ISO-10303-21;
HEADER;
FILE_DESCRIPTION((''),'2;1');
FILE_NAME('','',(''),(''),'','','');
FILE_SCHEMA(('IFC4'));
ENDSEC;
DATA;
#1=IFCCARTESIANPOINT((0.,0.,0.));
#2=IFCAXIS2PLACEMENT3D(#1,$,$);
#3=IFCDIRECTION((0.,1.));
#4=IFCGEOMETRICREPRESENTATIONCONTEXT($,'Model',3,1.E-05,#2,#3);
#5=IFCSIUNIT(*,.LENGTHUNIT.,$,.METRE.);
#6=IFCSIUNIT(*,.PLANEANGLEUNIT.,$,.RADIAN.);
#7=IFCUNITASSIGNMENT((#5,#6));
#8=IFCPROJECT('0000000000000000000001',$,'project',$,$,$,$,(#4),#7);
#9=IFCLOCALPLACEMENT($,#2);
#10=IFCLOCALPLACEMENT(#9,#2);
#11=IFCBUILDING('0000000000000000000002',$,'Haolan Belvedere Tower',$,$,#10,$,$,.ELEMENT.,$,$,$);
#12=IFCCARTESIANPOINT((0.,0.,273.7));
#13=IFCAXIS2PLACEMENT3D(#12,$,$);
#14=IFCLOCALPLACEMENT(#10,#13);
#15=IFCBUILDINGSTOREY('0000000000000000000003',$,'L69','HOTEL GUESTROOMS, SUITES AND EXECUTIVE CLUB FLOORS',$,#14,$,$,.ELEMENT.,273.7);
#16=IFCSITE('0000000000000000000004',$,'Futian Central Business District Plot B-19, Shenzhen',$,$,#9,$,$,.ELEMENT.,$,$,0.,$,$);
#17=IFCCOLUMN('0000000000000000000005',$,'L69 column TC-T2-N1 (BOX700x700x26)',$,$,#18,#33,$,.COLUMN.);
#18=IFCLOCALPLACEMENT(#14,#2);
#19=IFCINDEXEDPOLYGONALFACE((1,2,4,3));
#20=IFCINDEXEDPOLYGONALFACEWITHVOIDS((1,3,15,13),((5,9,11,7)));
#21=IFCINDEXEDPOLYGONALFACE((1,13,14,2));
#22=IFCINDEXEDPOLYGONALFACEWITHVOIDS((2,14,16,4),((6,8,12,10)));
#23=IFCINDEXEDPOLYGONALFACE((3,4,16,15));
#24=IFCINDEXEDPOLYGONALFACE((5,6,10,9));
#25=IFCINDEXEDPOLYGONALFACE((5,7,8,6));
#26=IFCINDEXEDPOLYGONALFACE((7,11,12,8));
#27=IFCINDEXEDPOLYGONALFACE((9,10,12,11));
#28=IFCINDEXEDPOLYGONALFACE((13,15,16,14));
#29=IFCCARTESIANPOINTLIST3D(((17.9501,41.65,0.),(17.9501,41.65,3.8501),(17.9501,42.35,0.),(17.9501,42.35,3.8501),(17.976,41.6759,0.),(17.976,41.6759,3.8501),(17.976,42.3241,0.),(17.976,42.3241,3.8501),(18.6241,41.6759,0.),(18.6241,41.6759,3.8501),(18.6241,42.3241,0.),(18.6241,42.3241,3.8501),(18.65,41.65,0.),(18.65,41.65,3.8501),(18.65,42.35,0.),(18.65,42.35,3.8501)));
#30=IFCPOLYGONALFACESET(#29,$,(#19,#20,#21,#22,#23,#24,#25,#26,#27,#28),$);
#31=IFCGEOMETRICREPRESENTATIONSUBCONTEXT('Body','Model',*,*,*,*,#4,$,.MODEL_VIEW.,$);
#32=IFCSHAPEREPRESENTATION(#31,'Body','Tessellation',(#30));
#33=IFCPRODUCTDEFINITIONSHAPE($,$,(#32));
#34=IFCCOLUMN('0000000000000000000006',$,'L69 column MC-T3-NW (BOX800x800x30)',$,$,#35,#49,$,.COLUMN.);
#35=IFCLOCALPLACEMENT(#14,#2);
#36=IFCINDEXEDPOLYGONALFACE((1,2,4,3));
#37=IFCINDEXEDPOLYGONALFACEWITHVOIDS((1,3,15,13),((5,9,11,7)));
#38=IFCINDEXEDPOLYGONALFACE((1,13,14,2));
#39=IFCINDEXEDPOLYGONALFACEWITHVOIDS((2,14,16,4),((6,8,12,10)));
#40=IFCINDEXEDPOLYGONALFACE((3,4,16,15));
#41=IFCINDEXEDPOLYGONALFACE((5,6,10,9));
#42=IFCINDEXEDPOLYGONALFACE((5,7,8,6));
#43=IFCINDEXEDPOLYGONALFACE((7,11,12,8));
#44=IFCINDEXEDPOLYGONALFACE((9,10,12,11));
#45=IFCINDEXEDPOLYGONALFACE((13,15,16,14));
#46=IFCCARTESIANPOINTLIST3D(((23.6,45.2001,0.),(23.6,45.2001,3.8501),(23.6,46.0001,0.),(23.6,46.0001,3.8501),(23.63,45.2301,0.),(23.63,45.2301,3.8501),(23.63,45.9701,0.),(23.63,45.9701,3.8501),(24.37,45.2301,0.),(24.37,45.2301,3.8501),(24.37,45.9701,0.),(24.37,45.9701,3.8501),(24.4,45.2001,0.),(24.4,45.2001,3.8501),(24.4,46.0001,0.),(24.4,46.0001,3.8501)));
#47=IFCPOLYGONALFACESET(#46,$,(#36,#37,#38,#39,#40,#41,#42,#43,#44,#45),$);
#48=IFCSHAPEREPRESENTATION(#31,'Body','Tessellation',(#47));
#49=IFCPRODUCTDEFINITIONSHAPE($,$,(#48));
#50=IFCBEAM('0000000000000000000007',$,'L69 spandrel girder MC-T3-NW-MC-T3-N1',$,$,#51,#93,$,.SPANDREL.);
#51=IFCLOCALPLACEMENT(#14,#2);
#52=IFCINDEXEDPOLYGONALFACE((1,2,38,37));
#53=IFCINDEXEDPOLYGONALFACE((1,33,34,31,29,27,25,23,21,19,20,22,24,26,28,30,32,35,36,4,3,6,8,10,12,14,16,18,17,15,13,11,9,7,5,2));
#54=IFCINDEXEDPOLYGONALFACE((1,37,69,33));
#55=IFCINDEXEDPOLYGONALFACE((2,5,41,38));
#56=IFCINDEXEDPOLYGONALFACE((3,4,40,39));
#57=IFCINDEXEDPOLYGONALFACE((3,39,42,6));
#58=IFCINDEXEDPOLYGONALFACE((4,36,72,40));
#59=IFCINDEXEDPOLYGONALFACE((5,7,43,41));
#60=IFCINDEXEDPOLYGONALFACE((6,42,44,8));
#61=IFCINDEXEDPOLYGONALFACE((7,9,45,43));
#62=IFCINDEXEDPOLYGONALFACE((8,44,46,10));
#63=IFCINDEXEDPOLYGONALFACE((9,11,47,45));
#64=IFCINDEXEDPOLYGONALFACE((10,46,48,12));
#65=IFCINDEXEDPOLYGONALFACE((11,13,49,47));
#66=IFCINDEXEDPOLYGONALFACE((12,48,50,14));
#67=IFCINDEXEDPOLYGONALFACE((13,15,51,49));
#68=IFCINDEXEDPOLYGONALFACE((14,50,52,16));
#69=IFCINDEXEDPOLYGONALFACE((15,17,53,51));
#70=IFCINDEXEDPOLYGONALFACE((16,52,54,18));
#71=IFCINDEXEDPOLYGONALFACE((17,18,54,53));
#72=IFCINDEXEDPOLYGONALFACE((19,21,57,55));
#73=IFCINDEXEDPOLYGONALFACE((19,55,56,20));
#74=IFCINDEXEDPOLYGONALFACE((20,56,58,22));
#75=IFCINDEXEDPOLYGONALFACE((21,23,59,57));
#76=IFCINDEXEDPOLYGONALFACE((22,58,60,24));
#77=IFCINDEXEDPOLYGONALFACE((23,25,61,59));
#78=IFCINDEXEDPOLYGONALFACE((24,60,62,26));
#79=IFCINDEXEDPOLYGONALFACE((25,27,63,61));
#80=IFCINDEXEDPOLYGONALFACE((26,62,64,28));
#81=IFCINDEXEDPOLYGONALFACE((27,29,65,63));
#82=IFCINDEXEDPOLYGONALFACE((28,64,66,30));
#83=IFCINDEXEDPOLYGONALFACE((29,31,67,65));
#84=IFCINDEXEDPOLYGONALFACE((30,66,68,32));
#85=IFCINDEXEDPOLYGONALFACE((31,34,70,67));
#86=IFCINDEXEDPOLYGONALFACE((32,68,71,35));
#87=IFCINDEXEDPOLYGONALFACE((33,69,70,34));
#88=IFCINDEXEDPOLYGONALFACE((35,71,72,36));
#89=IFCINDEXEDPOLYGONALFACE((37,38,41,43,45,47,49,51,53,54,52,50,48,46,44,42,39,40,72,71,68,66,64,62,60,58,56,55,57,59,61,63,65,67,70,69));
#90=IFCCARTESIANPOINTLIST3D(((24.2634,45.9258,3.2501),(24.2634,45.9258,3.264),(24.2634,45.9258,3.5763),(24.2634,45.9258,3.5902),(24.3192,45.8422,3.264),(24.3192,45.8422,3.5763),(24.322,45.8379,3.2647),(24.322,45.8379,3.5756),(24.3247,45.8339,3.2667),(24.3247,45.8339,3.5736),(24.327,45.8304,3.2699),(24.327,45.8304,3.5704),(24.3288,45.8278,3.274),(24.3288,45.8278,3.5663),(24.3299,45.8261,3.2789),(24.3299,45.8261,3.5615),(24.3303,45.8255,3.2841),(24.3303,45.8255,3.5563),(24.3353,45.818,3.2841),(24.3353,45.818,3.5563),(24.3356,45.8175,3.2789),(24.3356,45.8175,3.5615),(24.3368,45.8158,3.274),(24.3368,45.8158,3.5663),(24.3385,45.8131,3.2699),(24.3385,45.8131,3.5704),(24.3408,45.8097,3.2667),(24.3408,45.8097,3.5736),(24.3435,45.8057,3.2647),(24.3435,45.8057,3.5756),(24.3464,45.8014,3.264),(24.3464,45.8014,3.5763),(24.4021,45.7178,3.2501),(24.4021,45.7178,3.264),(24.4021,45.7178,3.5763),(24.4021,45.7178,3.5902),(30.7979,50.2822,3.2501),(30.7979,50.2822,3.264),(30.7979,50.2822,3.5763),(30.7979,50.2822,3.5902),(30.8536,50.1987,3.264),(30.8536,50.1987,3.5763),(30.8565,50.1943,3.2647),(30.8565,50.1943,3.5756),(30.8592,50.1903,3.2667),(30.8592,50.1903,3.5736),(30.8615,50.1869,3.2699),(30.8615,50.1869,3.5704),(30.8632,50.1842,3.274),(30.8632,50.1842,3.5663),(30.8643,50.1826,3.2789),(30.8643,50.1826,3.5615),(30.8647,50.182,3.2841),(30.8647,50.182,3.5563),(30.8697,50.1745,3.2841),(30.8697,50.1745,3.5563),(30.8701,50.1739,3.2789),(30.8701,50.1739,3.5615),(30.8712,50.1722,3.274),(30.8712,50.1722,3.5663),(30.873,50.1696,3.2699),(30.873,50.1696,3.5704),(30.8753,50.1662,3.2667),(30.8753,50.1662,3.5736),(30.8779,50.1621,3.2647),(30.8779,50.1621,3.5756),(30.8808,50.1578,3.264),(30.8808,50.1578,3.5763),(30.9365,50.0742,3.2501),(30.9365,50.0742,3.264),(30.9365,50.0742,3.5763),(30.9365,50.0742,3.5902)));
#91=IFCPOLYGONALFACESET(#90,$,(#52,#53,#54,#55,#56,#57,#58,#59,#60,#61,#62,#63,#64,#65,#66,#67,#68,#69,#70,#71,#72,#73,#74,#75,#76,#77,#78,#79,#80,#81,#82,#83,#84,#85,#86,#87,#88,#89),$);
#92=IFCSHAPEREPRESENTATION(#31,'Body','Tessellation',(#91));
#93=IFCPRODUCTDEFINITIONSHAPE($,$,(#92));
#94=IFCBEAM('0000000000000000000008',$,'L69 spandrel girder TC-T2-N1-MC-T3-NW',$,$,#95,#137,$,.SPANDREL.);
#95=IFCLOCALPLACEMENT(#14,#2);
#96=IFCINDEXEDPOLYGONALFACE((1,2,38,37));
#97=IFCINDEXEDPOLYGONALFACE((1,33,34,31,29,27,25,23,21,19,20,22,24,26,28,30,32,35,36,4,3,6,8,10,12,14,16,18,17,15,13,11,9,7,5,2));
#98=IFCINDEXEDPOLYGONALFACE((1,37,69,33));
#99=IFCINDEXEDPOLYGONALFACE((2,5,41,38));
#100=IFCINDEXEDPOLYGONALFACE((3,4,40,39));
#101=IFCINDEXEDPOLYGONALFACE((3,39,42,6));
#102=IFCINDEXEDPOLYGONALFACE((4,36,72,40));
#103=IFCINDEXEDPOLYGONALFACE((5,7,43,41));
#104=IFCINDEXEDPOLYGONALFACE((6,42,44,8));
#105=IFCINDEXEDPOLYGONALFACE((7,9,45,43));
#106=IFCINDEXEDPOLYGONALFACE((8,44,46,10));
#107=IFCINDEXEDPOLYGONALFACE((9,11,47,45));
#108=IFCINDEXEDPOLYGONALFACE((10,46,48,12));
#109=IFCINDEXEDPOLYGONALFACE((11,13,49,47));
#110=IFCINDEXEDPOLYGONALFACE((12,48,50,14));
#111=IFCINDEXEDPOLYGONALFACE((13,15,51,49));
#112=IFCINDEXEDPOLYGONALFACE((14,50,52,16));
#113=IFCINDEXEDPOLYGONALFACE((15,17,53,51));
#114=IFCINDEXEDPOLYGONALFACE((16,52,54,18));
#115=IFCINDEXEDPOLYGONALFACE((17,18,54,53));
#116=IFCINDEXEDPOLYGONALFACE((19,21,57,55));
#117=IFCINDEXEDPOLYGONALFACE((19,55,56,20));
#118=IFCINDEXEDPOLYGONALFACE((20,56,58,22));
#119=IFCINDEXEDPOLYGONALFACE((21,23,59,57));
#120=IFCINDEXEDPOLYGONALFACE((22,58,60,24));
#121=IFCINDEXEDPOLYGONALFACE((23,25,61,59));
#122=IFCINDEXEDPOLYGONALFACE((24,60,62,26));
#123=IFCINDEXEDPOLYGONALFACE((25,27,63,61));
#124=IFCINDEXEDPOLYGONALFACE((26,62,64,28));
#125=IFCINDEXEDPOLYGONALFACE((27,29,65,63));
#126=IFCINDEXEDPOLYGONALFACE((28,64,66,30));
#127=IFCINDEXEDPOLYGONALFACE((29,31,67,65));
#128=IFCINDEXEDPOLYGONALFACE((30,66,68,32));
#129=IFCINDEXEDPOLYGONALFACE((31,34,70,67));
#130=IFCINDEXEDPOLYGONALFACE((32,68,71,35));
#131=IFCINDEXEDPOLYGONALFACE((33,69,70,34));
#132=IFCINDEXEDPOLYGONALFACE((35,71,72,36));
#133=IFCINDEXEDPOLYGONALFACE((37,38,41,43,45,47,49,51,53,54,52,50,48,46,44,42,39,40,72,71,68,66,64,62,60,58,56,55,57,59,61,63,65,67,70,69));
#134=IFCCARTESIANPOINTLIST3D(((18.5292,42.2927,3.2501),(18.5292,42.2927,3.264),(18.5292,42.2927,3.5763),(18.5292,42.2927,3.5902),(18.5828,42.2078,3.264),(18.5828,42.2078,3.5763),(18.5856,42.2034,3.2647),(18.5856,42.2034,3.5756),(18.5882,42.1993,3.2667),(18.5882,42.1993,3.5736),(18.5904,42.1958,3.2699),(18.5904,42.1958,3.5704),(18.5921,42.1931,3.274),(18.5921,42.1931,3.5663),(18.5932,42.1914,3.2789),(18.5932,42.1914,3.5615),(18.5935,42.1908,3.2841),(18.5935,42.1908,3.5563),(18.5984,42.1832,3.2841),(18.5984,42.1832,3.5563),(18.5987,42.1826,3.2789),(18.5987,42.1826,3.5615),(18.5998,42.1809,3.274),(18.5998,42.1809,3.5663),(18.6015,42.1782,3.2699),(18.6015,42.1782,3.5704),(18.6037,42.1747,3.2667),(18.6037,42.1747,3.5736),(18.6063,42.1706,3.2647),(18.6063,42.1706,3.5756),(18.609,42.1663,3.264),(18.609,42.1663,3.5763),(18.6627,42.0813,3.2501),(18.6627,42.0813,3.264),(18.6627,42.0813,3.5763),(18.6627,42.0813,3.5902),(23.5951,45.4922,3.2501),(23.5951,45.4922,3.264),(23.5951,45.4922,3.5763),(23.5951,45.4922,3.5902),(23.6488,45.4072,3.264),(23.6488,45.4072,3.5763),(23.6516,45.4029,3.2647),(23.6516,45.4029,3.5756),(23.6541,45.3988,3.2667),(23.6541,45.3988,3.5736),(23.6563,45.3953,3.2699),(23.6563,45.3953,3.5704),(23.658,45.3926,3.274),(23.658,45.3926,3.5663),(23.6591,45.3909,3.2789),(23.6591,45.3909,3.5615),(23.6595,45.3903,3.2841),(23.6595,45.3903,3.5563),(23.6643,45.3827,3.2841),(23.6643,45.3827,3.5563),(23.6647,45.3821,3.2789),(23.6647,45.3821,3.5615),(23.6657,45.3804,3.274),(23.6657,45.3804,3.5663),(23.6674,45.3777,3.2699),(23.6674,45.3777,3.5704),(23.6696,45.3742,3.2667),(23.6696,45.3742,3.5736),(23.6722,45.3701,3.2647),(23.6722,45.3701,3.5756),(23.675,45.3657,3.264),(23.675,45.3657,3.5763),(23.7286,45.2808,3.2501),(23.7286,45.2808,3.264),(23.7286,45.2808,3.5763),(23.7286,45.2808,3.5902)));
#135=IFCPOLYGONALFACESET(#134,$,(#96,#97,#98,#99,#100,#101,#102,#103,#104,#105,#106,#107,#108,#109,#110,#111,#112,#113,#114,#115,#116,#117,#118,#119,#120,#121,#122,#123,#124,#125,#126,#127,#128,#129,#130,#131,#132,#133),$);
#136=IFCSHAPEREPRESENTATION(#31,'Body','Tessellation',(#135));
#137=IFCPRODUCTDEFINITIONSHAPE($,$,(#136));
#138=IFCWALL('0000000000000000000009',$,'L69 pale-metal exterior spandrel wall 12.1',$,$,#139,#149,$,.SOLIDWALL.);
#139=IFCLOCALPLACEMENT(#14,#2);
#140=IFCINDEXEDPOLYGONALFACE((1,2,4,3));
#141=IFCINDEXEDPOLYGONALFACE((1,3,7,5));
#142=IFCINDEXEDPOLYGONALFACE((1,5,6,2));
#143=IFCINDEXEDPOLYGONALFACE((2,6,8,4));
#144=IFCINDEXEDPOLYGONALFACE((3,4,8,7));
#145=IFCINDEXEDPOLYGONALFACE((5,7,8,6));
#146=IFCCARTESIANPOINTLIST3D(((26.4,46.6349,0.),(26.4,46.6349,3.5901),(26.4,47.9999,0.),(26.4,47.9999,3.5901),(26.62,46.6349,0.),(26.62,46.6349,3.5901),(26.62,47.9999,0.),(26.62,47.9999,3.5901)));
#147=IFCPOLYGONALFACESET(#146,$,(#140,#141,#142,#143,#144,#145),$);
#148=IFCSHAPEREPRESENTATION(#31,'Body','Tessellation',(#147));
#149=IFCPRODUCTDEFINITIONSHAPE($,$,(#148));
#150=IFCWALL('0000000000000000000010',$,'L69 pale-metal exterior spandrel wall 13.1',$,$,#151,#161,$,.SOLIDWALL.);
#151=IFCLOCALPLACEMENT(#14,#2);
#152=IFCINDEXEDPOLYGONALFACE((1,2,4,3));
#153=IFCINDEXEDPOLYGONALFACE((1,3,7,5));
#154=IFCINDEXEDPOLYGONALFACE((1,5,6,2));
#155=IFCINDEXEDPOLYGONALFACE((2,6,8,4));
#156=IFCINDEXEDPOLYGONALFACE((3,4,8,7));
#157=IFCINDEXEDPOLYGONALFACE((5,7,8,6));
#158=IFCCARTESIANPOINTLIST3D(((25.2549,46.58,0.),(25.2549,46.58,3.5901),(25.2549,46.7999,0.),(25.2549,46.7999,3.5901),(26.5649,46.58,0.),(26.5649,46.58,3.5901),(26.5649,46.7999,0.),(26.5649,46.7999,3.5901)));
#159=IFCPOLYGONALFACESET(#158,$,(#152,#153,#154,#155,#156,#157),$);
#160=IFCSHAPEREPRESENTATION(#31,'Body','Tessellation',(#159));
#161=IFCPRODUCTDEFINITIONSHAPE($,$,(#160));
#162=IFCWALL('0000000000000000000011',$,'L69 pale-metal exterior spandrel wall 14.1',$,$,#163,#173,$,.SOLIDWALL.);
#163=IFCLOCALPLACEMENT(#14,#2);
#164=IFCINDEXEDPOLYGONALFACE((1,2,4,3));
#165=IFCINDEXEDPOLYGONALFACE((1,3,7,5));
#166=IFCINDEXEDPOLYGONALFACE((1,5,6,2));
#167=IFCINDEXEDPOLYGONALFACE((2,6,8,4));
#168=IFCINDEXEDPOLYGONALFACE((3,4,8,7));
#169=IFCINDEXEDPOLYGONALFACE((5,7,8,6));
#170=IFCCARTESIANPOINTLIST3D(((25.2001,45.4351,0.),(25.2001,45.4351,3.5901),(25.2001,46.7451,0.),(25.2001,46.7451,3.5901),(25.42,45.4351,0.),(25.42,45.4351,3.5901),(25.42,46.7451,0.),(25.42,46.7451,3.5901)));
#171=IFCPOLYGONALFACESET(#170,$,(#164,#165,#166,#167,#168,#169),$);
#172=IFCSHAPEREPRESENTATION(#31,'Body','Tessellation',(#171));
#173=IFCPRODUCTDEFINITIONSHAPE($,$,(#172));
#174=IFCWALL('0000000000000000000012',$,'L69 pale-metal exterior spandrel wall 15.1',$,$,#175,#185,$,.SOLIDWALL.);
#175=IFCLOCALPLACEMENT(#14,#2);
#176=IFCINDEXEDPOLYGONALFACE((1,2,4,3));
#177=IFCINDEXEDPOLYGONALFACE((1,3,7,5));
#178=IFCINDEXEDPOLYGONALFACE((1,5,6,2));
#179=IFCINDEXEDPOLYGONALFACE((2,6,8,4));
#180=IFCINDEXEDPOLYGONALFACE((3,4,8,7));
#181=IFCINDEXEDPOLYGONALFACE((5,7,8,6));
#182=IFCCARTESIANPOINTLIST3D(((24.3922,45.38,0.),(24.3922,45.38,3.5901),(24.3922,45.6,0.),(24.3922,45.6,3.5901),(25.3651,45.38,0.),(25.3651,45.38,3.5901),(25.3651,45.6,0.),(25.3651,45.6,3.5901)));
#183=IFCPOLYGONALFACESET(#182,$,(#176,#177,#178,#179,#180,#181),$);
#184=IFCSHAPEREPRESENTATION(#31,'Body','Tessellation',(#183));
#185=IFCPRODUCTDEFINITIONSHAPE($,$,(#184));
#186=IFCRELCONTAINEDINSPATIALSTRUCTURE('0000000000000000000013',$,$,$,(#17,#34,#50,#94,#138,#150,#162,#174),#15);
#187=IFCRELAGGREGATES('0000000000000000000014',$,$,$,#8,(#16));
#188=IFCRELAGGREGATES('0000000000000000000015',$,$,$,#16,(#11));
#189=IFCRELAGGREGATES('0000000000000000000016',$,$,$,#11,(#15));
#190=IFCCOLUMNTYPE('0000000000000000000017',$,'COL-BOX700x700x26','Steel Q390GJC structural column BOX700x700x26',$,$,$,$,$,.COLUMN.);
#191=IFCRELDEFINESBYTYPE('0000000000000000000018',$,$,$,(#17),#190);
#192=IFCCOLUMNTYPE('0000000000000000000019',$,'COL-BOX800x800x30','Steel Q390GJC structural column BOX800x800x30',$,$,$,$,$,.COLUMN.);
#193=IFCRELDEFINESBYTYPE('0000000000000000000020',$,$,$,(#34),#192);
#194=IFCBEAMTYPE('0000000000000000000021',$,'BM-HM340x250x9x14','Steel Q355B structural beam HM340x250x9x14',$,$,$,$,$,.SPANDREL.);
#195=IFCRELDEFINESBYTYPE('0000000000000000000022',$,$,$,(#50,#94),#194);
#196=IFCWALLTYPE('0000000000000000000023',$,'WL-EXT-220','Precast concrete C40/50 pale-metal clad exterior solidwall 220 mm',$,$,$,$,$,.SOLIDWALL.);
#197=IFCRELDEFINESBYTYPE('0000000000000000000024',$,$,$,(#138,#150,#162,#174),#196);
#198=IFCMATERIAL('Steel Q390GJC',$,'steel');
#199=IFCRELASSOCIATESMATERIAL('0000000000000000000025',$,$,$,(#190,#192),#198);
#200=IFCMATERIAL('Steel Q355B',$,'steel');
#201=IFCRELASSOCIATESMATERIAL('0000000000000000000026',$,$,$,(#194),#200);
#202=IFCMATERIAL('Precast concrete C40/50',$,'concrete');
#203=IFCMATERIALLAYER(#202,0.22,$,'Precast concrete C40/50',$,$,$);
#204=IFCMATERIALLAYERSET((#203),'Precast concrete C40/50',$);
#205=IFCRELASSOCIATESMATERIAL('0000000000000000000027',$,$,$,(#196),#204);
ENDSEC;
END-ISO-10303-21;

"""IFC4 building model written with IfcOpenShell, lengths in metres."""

from ifc_helpers import new_model, si_unit, direction, frame, frame_2d, origin, origin_2d, place, context, subcontext, project, spatial, rectangle, hollow_rectangle, i_section, extrude, material, layer, layer_set, material_profile, profile_set, type_object, element, save


model = new_model("IFC4")

# Units and contexts
model_context = context("Model", 3, precision=1e-05, world=origin(), true_north=direction((0.0, 1.0)))
body_context = subcontext(model_context, "Body", "Model", "MODEL_VIEW")
ifc_project = project(units=[si_unit("LENGTHUNIT", "METRE"), si_unit("PLANEANGLEUNIT", "RADIAN")], contexts=[model_context])

# Site, building, storey
site_placement = place(None, origin())
site = spatial("IfcSite", under=ifc_project, at=site_placement, Name="Futian Central Business District Plot B-19, Shenzhen", CompositionType="ELEMENT", RefElevation=0.0)
building_placement = place(site_placement, origin())
building = spatial("IfcBuilding", under=site, at=building_placement, Name="Haolan Belvedere Tower", CompositionType="ELEMENT")
storey_placement = place(building_placement, frame((0.0, 0.0, 273.7)))
storey = spatial("IfcBuildingStorey", under=building, at=storey_placement, Name="L69", Description="HOTEL GUESTROOMS, SUITES AND EXECUTIVE CLUB FLOORS", CompositionType="ELEMENT", Elevation=273.7)

# Columns
ifc_material_1 = material(Name="Steel Q390GJC", Category="steel")
ifc_material_profile_1 = material_profile(ifc_material_1, hollow_rectangle(XDim=0.7, YDim=0.7, WallThickness=0.0259, at=origin_2d()), Name="Steel Q390GJC")
ifc_profile_set_1 = profile_set([ifc_material_profile_1], Name="Steel Q390GJC")
column_type_1 = type_object("IfcColumnType", Name="COL-BOX700x700x26", Description="Steel Q390GJC structural column BOX700x700x26", PredefinedType="COLUMN", material=ifc_profile_set_1)
column_1_placement = place(storey_placement, frame((18.3, 42.0, 0.0), z_axis=(0.0, 0.0, 1.0), x_axis=(1.0, 0.0, 0.0)))
element("IfcColumn", 1, at=column_1_placement, inside=storey, type_object=column_type_1, Name="L69 column TC-T2-N1 (BOX700x700x26)", PredefinedType="COLUMN", context=body_context, shape_type="SweptSolid", body=[
    extrude(hollow_rectangle(XDim=0.7, YDim=0.7, WallThickness=0.0259, at=origin_2d()), origin(), (0.0, 0.0, 1.0), 3.8501),
])
ifc_material_profile_2 = material_profile(ifc_material_1, hollow_rectangle(XDim=0.8, YDim=0.8, WallThickness=0.03, at=origin_2d()), Name="Steel Q390GJC")
ifc_profile_set_2 = profile_set([ifc_material_profile_2], Name="Steel Q390GJC")
column_type_2 = type_object("IfcColumnType", Name="COL-BOX800x800x30", Description="Steel Q390GJC structural column BOX800x800x30", PredefinedType="COLUMN", material=ifc_profile_set_2)
column_2_placement = place(storey_placement, frame((24.0, 45.6001, 0.0), z_axis=(0.0, 0.0, 1.0), x_axis=(1.0, 0.0, 0.0)))
element("IfcColumn", 2, at=column_2_placement, inside=storey, type_object=column_type_2, Name="L69 column MC-T3-NW (BOX800x800x30)", PredefinedType="COLUMN", context=body_context, shape_type="SweptSolid", body=[
    extrude(hollow_rectangle(XDim=0.8, YDim=0.8, WallThickness=0.03, at=origin_2d()), origin(), (0.0, 0.0, 1.0), 3.8501),
])

# Beams
ifc_material_2 = material(Name="Steel Q355B", Category="steel")
ifc_material_profile_3 = material_profile(ifc_material_2, i_section(OverallWidth=0.25, OverallDepth=0.3401, WebThickness=0.009, FlangeThickness=0.0139, FilletRadius=0.02, at=origin_2d()), Name="Steel Q355B")
ifc_profile_set_3 = profile_set([ifc_material_profile_3], Name="Steel Q355B")
beam_type = type_object("IfcBeamType", Name="BM-HM340x250x9x14", Description="Steel Q355B structural beam HM340x250x9x14", PredefinedType="SPANDREL", material=ifc_profile_set_3)
beam_1_placement = place(storey_placement, frame((24.3328, 45.8218, 3.4202), z_axis=(0.832041, 0.554715, 0.0), x_axis=(-0.554715, 0.832041, 0.0)))
element("IfcBeam", 3, at=beam_1_placement, inside=storey, type_object=beam_type, Name="L69 spandrel girder MC-T3-NW-MC-T3-N1", PredefinedType="SPANDREL", context=body_context, shape_type="SweptSolid", body=[
    extrude(i_section(OverallWidth=0.25, OverallDepth=0.3401, WebThickness=0.009, FlangeThickness=0.0139, FilletRadius=0.02, at=origin_2d()), origin(), (0.0, 0.0, 1.0), 7.8535),
])
beam_2_placement = place(storey_placement, frame((18.5959, 42.187, 3.4202), z_axis=(0.845494, 0.533985, 0.0), x_axis=(-0.533985, 0.845494, 0.0)))
element("IfcBeam", 4, at=beam_2_placement, inside=storey, type_object=beam_type, Name="L69 spandrel girder TC-T2-N1-MC-T3-NW", PredefinedType="SPANDREL", context=body_context, shape_type="SweptSolid", body=[
    extrude(i_section(OverallWidth=0.25, OverallDepth=0.3401, WebThickness=0.009, FlangeThickness=0.0139, FilletRadius=0.02, at=origin_2d()), origin(), (0.0, 0.0, 1.0), 5.9917),
])

# Walls
ifc_material_3 = material(Name="Precast concrete C40/50", Category="concrete")
ifc_layer_1 = layer(ifc_material_3, 0.22, Name="Precast concrete C40/50")
ifc_layer_set_1 = layer_set([ifc_layer_1], Name="Precast concrete C40/50")
wall_type_1 = type_object("IfcWallType", Name="WL-EXT-220", Description="Precast concrete C40/50 pale-metal clad exterior solidwall 220 mm", PredefinedType="SOLIDWALL", material=ifc_layer_set_1)
wall_1_placement = place(storey_placement, frame((26.51, 48.0, 0.0), z_axis=(0.0, 0.0, 1.0), x_axis=(0.0, -1.0, 0.0)))
element("IfcWall", 5, at=wall_1_placement, inside=storey, type_object=wall_type_1, Name="L69 pale-metal exterior spandrel wall 12.1", PredefinedType="SOLIDWALL", context=body_context, shape_type="SweptSolid", body=[
    extrude(rectangle(XDim=1.365, YDim=0.22, at=frame_2d((0.6826, 0.0))), origin(), (0.0, 0.0, 1.0), 3.5901),
])
for number, where, z_axis, x_axis, name in (
    (6, (26.5649, 46.6899, 0.0), (0.0, 0.0, 1.0), (-1.0, 0.0, 0.0), "L69 pale-metal exterior spandrel wall 13.1"),
    (7, (25.3101, 46.7451, 0.0), (0.0, 0.0, 1.0), (0.0, -1.0, 0.0), "L69 pale-metal exterior spandrel wall 14.1"),
):
    element("IfcWall", number, at=place(storey_placement, frame(where, z_axis=z_axis, x_axis=x_axis)), inside=storey, type_object=wall_type_1, Name=name, PredefinedType="SOLIDWALL", context=body_context, shape_type="SweptSolid", body=[
        extrude(rectangle(XDim=1.3101, YDim=0.22, at=frame_2d((0.655, 0.0))), origin(), (0.0, 0.0, 1.0), 3.5901),
    ])
wall_2_placement = place(storey_placement, frame((25.365, 45.49, 0.0), z_axis=(0.0, 0.0, 1.0), x_axis=(-1.0, 0.0, 0.0)))
element("IfcWall", 8, at=wall_2_placement, inside=storey, type_object=wall_type_1, Name="L69 pale-metal exterior spandrel wall 15.1", PredefinedType="SOLIDWALL", context=body_context, shape_type="SweptSolid", body=[
    extrude(rectangle(XDim=0.9729, YDim=0.22, at=frame_2d((0.4863, 0.0))), origin(), (0.0, 0.0, 1.0), 3.5901),
])

save(model, "model.ifc")
